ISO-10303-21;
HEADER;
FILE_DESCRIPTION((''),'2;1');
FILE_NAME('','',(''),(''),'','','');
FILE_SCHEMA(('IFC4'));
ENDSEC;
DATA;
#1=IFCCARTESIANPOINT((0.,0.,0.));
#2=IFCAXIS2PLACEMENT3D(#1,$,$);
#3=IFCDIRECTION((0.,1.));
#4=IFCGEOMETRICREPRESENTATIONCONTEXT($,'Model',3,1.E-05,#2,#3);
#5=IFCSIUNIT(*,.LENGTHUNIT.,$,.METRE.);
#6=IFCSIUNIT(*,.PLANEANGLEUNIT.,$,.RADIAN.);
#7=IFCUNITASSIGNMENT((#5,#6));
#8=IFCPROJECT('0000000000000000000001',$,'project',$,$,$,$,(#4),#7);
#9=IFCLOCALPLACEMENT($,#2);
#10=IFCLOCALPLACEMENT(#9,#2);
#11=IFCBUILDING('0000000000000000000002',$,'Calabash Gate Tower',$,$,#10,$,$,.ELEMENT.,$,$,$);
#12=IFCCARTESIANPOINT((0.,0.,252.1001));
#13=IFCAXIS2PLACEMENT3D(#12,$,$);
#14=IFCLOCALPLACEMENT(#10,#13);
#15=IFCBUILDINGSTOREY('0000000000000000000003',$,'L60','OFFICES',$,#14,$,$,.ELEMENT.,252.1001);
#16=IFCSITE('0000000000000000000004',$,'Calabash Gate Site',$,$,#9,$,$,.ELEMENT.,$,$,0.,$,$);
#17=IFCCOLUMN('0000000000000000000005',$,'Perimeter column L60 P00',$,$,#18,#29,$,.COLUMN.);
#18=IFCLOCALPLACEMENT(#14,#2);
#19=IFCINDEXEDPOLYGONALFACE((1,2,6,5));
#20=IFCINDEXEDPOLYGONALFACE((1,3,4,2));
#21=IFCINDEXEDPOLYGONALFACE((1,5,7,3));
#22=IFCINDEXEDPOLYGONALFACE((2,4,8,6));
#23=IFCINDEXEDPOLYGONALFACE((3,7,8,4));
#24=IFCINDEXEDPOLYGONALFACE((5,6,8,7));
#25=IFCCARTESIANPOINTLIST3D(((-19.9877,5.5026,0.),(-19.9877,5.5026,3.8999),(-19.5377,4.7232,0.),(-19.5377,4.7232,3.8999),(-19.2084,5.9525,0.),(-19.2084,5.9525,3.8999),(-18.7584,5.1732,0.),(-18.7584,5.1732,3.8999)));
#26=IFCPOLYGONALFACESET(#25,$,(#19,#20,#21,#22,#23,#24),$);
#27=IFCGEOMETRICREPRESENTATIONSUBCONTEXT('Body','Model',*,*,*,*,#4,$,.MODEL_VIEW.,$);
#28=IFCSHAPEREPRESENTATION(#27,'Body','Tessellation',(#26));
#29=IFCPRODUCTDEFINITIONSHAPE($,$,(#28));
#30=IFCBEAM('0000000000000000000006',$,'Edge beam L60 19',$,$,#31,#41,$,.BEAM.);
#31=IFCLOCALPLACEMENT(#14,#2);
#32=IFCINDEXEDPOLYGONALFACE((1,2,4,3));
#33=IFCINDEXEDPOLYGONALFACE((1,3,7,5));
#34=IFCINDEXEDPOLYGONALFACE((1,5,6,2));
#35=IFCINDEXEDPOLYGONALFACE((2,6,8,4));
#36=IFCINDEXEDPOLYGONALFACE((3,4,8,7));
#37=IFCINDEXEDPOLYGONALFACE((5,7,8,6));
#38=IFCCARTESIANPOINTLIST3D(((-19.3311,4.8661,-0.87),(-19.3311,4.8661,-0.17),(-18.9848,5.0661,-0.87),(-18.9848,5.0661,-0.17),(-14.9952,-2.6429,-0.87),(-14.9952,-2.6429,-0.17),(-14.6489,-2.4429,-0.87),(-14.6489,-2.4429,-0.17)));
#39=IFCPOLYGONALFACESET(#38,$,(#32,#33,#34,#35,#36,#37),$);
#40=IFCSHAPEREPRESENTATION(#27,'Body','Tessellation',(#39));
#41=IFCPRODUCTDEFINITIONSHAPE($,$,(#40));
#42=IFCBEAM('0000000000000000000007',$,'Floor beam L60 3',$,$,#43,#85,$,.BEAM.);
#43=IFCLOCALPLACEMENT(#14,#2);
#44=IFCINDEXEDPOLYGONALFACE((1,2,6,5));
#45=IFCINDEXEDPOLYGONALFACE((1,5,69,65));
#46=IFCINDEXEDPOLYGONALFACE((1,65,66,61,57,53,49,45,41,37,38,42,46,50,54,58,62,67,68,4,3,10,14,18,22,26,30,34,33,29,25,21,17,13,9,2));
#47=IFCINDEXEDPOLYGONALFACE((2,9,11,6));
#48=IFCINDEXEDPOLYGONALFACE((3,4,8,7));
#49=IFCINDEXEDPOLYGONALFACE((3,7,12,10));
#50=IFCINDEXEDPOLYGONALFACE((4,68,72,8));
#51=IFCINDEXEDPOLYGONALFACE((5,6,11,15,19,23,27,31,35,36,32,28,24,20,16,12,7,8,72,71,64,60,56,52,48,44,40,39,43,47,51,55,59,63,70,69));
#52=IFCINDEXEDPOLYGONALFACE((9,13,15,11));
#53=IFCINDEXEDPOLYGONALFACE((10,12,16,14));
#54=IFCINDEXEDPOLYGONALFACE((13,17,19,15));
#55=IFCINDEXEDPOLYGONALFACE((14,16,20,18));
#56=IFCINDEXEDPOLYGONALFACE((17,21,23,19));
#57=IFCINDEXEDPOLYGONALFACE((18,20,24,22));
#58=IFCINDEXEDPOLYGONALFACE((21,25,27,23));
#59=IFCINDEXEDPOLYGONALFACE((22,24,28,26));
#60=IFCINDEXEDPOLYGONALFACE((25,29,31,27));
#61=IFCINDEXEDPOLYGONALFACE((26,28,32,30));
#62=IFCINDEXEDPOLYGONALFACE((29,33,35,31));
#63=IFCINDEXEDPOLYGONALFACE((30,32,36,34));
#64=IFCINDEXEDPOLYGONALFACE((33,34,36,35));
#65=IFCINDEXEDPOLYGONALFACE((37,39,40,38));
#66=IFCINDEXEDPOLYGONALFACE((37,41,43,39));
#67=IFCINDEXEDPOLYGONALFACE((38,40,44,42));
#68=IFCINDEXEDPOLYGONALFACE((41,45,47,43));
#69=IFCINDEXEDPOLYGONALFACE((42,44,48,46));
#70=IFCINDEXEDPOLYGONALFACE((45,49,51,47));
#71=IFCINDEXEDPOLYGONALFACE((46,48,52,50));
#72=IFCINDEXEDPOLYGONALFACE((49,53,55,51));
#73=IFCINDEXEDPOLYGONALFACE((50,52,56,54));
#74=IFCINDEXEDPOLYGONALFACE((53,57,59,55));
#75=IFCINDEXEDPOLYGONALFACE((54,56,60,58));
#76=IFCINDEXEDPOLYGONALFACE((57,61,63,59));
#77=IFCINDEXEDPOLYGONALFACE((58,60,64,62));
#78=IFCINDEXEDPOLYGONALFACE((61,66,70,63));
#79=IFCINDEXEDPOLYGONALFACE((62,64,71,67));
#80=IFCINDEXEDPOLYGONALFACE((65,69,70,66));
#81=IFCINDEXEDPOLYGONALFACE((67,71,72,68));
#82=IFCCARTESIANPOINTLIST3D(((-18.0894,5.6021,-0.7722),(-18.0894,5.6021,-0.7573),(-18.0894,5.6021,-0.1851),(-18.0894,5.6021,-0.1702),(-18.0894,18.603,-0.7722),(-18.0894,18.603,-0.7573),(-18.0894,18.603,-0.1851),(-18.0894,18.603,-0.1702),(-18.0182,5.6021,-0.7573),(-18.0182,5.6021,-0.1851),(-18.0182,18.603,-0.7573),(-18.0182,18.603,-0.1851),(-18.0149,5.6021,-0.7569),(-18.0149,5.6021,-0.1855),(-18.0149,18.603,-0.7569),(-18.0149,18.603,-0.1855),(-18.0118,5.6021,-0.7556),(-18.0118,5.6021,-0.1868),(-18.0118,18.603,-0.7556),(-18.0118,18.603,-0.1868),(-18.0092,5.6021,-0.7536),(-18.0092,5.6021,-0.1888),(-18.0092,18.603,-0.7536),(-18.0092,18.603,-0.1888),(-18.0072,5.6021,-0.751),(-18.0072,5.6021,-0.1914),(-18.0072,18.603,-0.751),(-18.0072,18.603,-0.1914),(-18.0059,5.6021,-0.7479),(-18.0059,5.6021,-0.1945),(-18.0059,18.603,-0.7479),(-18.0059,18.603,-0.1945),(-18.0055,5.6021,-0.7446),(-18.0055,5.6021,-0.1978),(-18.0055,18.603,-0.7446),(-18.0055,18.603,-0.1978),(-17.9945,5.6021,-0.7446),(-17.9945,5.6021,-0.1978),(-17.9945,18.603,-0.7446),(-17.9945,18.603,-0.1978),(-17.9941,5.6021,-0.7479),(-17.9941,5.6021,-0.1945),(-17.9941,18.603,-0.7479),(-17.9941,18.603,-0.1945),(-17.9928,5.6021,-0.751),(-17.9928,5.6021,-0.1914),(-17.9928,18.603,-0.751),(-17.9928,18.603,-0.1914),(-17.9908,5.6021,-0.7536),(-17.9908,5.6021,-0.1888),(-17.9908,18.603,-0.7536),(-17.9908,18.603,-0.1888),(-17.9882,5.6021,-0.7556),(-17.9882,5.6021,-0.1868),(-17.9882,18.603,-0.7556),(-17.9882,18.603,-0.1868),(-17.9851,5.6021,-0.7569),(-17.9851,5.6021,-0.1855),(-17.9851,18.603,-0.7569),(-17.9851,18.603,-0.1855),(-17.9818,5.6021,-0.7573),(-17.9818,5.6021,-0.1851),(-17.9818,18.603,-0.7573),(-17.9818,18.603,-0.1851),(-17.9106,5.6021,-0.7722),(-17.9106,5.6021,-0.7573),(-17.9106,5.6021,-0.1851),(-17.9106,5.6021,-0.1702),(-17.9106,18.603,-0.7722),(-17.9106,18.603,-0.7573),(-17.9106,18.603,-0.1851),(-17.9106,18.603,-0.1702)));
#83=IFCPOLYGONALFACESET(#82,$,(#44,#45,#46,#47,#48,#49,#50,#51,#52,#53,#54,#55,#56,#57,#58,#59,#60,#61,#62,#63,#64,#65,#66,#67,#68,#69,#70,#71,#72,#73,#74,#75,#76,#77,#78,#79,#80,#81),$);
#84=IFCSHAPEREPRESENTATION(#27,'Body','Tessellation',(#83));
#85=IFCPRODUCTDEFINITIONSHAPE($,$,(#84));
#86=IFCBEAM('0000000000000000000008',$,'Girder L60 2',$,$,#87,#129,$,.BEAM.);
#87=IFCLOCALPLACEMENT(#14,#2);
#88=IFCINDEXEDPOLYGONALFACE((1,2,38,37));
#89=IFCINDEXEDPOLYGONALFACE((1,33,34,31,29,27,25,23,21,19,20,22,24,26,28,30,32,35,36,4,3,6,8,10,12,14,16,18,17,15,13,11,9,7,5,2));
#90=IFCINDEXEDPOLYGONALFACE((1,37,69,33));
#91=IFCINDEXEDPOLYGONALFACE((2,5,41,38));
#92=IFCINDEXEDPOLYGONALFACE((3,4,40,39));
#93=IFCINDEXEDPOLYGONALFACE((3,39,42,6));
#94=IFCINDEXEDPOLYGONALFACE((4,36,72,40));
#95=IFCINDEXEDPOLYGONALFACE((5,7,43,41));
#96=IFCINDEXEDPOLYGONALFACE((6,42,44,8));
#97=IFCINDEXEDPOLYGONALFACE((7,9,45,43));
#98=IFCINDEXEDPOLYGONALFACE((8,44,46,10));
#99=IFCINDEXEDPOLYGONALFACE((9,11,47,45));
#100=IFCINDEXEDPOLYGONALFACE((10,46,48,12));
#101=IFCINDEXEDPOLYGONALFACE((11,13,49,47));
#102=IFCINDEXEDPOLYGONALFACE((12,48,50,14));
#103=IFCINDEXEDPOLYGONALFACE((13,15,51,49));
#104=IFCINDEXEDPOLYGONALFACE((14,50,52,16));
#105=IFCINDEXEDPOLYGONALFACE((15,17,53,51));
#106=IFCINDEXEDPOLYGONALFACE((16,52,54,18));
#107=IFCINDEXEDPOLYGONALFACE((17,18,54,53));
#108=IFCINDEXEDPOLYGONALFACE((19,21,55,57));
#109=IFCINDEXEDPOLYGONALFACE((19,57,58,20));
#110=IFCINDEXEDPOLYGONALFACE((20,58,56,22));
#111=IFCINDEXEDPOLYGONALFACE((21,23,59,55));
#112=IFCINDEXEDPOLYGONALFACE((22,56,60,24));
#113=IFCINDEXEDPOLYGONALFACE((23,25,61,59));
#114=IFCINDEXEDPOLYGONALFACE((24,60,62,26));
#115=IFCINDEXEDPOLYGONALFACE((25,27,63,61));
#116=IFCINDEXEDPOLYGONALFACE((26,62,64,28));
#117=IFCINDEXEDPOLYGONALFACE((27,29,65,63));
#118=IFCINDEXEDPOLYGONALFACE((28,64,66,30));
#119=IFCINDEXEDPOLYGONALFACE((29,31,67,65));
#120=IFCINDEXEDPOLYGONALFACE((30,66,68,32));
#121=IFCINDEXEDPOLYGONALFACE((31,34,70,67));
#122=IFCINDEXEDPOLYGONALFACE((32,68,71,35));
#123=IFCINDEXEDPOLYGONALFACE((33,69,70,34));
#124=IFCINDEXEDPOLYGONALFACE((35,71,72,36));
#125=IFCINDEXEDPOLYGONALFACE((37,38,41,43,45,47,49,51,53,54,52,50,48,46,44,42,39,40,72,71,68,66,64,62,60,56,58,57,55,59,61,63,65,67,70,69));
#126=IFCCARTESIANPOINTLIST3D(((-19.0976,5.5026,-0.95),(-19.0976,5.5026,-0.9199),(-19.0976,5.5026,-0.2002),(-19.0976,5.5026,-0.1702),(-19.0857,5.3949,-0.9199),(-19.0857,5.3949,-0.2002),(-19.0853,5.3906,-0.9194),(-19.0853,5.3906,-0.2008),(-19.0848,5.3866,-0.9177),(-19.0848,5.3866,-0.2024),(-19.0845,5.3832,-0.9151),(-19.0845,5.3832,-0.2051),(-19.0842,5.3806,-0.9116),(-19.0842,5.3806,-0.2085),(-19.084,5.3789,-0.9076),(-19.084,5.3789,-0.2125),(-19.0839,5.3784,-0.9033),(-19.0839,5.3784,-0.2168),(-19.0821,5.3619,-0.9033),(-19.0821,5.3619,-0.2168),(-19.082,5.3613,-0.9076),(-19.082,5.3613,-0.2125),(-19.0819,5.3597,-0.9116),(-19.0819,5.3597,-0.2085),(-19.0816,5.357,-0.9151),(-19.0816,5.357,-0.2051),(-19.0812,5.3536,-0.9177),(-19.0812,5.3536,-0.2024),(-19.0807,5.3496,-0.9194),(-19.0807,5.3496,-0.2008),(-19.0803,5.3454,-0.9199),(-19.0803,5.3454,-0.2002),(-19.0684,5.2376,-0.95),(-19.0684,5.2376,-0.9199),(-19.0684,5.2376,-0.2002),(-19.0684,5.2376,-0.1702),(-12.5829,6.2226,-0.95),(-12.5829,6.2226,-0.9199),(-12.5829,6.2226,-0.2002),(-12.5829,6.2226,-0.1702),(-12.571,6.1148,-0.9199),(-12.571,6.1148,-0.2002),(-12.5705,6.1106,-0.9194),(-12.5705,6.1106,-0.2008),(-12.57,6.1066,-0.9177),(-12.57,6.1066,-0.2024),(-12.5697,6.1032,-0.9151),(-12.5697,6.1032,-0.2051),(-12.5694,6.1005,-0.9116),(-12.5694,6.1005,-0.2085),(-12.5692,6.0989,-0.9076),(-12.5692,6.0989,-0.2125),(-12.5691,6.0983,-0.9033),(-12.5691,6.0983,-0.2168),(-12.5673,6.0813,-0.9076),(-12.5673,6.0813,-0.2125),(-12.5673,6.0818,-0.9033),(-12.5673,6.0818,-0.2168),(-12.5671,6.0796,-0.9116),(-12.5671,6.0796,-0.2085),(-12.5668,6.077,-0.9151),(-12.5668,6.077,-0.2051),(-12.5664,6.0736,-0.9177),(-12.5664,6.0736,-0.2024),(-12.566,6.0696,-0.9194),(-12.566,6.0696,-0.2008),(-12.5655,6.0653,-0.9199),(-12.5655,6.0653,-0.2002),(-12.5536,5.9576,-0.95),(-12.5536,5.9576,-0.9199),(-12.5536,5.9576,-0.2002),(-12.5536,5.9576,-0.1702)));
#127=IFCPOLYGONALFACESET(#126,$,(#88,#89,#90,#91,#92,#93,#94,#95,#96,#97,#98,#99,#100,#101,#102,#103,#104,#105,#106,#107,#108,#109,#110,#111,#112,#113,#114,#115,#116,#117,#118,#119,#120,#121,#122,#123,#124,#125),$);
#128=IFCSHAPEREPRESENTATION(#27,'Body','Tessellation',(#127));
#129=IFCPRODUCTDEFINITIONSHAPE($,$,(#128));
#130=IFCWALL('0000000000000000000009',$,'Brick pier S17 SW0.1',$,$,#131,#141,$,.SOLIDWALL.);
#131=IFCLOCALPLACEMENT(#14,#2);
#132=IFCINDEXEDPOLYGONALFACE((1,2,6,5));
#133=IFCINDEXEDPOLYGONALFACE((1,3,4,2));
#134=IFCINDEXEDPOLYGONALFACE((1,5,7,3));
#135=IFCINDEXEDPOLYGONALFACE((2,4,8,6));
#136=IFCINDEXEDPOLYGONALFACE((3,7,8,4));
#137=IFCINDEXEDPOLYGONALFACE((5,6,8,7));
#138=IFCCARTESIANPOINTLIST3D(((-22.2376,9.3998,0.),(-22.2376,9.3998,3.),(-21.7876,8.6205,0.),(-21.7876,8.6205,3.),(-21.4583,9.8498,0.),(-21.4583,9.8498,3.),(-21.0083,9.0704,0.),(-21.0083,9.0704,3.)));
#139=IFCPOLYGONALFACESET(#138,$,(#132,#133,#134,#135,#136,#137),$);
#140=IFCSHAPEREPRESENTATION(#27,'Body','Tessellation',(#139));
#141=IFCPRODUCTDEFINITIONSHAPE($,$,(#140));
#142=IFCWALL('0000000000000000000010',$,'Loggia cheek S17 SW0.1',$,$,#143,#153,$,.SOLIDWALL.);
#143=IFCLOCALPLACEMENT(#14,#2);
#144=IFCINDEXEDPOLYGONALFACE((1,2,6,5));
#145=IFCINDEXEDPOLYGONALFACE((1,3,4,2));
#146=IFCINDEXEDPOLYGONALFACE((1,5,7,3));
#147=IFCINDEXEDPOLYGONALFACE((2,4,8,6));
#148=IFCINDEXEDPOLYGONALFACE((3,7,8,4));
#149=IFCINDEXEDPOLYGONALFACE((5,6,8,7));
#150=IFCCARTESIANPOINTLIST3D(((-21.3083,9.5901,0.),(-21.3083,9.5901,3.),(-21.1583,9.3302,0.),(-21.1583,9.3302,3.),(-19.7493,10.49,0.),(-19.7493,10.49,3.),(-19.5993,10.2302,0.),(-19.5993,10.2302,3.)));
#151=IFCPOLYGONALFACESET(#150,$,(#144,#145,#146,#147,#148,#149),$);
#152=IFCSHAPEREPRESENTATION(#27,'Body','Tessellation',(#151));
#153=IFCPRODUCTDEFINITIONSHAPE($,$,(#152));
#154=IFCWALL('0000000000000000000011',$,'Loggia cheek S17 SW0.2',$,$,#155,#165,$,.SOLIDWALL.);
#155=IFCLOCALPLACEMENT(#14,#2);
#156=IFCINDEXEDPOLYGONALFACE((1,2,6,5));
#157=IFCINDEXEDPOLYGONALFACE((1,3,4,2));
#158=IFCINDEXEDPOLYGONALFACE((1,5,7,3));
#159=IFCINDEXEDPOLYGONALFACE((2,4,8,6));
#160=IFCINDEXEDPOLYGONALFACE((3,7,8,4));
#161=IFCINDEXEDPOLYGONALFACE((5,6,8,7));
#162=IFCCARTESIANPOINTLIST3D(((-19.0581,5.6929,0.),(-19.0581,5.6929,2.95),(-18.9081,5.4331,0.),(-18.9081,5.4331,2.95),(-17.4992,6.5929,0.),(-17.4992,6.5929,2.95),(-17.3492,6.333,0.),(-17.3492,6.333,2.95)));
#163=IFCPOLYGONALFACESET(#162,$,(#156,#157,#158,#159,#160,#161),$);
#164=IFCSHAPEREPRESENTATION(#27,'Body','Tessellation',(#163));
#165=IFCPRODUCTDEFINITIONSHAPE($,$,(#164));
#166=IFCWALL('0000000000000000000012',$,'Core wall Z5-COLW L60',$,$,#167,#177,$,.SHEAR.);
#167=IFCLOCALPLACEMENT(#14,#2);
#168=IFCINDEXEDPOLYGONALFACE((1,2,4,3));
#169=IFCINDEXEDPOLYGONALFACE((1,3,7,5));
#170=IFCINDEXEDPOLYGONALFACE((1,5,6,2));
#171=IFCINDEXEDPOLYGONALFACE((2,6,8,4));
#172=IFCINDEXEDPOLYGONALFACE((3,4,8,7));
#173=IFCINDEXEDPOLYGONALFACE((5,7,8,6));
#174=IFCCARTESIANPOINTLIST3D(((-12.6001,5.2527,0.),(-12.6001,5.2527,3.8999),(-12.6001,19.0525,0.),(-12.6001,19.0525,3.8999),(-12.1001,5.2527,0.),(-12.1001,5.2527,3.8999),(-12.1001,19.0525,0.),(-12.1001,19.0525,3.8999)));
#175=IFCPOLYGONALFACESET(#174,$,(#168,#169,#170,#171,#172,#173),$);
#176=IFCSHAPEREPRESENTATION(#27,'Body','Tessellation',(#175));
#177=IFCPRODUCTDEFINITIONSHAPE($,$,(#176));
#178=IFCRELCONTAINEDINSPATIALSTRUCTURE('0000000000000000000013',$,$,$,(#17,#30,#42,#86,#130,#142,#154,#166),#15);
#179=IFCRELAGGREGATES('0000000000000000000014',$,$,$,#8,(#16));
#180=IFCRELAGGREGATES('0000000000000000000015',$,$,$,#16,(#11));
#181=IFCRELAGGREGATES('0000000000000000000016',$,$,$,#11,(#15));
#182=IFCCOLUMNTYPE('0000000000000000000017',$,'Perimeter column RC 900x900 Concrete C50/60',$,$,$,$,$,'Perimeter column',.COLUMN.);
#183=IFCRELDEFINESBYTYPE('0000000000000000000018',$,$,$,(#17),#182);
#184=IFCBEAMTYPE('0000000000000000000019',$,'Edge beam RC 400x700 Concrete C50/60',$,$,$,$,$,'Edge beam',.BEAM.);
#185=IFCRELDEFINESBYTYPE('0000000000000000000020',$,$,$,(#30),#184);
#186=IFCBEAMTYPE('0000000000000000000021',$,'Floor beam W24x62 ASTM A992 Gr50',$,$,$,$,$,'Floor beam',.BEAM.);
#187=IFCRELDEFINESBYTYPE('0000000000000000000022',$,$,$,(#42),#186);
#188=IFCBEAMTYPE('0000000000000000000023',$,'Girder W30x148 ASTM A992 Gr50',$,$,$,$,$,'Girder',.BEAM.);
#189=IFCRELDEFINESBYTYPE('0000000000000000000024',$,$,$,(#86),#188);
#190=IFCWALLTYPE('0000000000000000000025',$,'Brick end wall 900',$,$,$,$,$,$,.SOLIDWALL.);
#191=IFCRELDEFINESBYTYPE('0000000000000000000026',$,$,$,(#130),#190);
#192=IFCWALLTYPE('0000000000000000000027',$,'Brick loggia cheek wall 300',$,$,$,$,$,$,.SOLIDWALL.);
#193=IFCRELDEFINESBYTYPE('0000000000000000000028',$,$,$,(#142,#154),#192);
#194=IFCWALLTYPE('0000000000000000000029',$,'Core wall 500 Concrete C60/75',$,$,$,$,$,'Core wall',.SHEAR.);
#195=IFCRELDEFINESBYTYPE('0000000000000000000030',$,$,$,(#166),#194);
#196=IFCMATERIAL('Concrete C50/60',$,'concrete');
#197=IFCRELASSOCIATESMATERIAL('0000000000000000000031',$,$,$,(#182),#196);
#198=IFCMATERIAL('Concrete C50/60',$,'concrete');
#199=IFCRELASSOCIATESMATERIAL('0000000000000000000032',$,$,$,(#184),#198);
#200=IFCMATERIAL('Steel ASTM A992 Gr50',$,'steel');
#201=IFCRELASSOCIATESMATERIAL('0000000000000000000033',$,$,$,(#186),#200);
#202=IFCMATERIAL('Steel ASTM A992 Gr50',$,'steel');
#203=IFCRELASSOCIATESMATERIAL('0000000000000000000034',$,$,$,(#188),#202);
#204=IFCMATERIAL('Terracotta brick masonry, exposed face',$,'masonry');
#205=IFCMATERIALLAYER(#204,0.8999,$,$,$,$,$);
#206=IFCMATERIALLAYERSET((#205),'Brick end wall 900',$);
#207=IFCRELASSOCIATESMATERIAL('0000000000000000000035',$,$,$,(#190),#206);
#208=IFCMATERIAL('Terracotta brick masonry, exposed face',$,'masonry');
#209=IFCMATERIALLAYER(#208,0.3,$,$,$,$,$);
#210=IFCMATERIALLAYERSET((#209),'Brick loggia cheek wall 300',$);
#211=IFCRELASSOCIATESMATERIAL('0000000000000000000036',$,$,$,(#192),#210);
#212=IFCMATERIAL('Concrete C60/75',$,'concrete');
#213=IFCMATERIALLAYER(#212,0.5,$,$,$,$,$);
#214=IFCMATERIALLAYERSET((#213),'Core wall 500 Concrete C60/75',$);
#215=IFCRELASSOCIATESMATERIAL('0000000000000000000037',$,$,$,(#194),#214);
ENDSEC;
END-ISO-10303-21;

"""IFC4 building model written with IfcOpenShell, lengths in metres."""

from ifc_helpers import new_model, si_unit, direction, frame, frame_2d, origin, origin_2d, place, context, subcontext, project, spatial, rectangle, i_section, extrude, material, layer, layer_set, material_profile, profile_set, type_object, element, save


model = new_model("IFC4")

# Units and contexts
model_context = context("Model", 3, precision=1e-05, world=origin(), true_north=direction((0.0, 1.0)))
body_context = subcontext(model_context, "Body", "Model", "MODEL_VIEW")
ifc_project = project(units=[si_unit("LENGTHUNIT", "METRE"), si_unit("PLANEANGLEUNIT", "RADIAN")], contexts=[model_context])

# Site, building, storey
site_placement = place(None, origin())
site = spatial("IfcSite", under=ifc_project, at=site_placement, Name="Calabash Gate Site", CompositionType="ELEMENT", RefElevation=0.0)
building_placement = place(site_placement, origin())
building = spatial("IfcBuilding", under=site, at=building_placement, Name="Calabash Gate Tower", CompositionType="ELEMENT")
storey_placement = place(building_placement, frame((0.0, 0.0, 252.1001)))
storey = spatial("IfcBuildingStorey", under=building, at=storey_placement, Name="L60", Description="OFFICES", CompositionType="ELEMENT", Elevation=252.1001)

# Column
ifc_material_1 = material(Name="Concrete C50/60", Category="concrete")
ifc_material_profile_1 = material_profile(ifc_material_1, rectangle(XDim=0.8999, YDim=0.8999, at=origin_2d()))
ifc_profile_set_1 = profile_set([ifc_material_profile_1], Name="Concrete C50/60")
column_type = type_object("IfcColumnType", Name="Perimeter column RC 900x900 Concrete C50/60", ElementType="Perimeter column", PredefinedType="COLUMN", material=ifc_profile_set_1)
column_placement = place(storey_placement, frame((-19.373, 5.3379, 0.0), z_axis=(0.0, 0.0, 1.0), x_axis=(0.5, -0.866025, 0.0)))
element("IfcColumn", 1, at=column_placement, inside=storey, type_object=column_type, Name="Perimeter column L60 P00", PredefinedType="COLUMN", context=body_context, shape_type="SweptSolid", body=[
    extrude(rectangle(XDim=0.8999, YDim=0.8999, at=origin_2d()), origin(), (0.0, 0.0, 1.0), 3.8999),
])

# Beams
ifc_material_2 = material(Name="Concrete C50/60", Category="concrete")
ifc_material_profile_2 = material_profile(ifc_material_2, rectangle(XDim=0.3999, YDim=0.7, at=origin_2d()))
ifc_profile_set_2 = profile_set([ifc_material_profile_2], Name="Concrete C50/60")
beam_type_1 = type_object("IfcBeamType", Name="Edge beam RC 400x700 Concrete C50/60", ElementType="Edge beam", PredefinedType="BEAM", material=ifc_profile_set_2)
beam_1_placement = place(storey_placement, frame((-19.158, 4.9661, -0.52), z_axis=(0.500051, -0.865996, 0.0), x_axis=(0.865996, 0.500051, 0.0)))
element("IfcBeam", 2, at=beam_1_placement, inside=storey, type_object=beam_type_1, Name="Edge beam L60 19", PredefinedType="BEAM", context=body_context, shape_type="SweptSolid", body=[
    extrude(rectangle(XDim=0.3999, YDim=0.7, at=origin_2d()), origin(), (0.0, 0.0, 1.0), 8.6709),
])
ifc_material_3 = material(Name="Steel ASTM A992 Gr50", Category="steel")
ifc_material_profile_3 = material_profile(ifc_material_3, i_section(OverallWidth=0.1787, OverallDepth=0.6021, WebThickness=0.011, FlangeThickness=0.0149, FilletRadius=0.0127, at=origin_2d()))
ifc_profile_set_3 = profile_set([ifc_material_profile_3], Name="Steel ASTM A992 Gr50")
beam_type_2 = type_object("IfcBeamType", Name="Floor beam W24x62 ASTM A992 Gr50", ElementType="Floor beam", PredefinedType="BEAM", material=ifc_profile_set_3)
beam_2_placement = place(storey_placement, frame((-18.0, 5.6021, -0.4712), z_axis=(0.0, 1.0, 0.0), x_axis=(-1.0, 0.0, 0.0)))
element("IfcBeam", 3, at=beam_2_placement, inside=storey, type_object=beam_type_2, Name="Floor beam L60 3", PredefinedType="BEAM", context=body_context, shape_type="SweptSolid", body=[
    extrude(i_section(OverallWidth=0.1787, OverallDepth=0.6021, WebThickness=0.011, FlangeThickness=0.0149, FilletRadius=0.0127, at=origin_2d()), origin(), (0.0, 0.0, 1.0), 13.001),
])
ifc_material_4 = material(Name="Steel ASTM A992 Gr50", Category="steel")
ifc_material_profile_4 = material_profile(ifc_material_4, i_section(OverallWidth=0.2666, OverallDepth=0.7798, WebThickness=0.0166, FlangeThickness=0.03, FilletRadius=0.0166, at=origin_2d()))
ifc_profile_set_4 = profile_set([ifc_material_profile_4], Name="Steel ASTM A992 Gr50")
beam_type_3 = type_object("IfcBeamType", Name="Girder W30x148 ASTM A992 Gr50", ElementType="Girder", PredefinedType="BEAM", material=ifc_profile_set_4)
beam_3_placement = place(storey_placement, frame((-19.083, 5.3701, -0.5601), z_axis=(0.993949, 0.109843, 0.0), x_axis=(-0.109843, 0.993949, 0.0)))
element("IfcBeam", 4, at=beam_3_placement, inside=storey, type_object=beam_type_3, Name="Girder L60 2", PredefinedType="BEAM", context=body_context, shape_type="SweptSolid", body=[
    extrude(i_section(OverallWidth=0.2666, OverallDepth=0.7798, WebThickness=0.0166, FlangeThickness=0.03, FilletRadius=0.0166, at=origin_2d()), origin(), (0.0, 0.0, 1.0), 6.5544),
])

# Walls
ifc_material_5 = material(Name="Terracotta brick masonry, exposed face", Category="masonry")
ifc_layer_1 = layer(ifc_material_5, 0.8999)
ifc_layer_set_1 = layer_set([ifc_layer_1], Name="Brick end wall 900")
wall_type_1 = type_object("IfcWallType", Name="Brick end wall 900", PredefinedType="SOLIDWALL", material=ifc_layer_set_1)
wall_1_placement = place(storey_placement, frame((-21.3979, 8.8455, 0.0), z_axis=(0.0, 0.0, 1.0), x_axis=(-0.50002, 0.866014, 0.0)))
element("IfcWall", 5, at=wall_1_placement, inside=storey, type_object=wall_type_1, Name="Brick pier S17 SW0.1", PredefinedType="SOLIDWALL", context=body_context, shape_type="SweptSolid", body=[
    extrude(rectangle(XDim=0.8999, YDim=0.8999, at=frame_2d((0.45, 0.0))), origin(), (0.0, 0.0, 1.0), 3.0),
])
ifc_material_6 = material(Name="Terracotta brick masonry, exposed face", Category="masonry")
ifc_layer_2 = layer(ifc_material_6, 0.3)
ifc_layer_set_2 = layer_set([ifc_layer_2], Name="Brick loggia cheek wall 300")
wall_type_2 = type_object("IfcWallType", Name="Brick loggia cheek wall 300", PredefinedType="SOLIDWALL", material=ifc_layer_set_2)
wall_2_placement = place(storey_placement, frame((-21.2332, 9.4602, 0.0), z_axis=(0.0, 0.0, 1.0), x_axis=(0.866048, 0.499961, 0.0)))
element("IfcWall", 6, at=wall_2_placement, inside=storey, type_object=wall_type_2, Name="Loggia cheek S17 SW0.1", PredefinedType="SOLIDWALL", context=body_context, shape_type="SweptSolid", body=[
    extrude(rectangle(XDim=1.8, YDim=0.3, at=frame_2d((0.8999, 0.0))), origin(), (0.0, 0.0, 1.0), 3.0),
])
wall_3_placement = place(storey_placement, frame((-17.4243, 6.4629, 0.0), z_axis=(0.0, 0.0, 1.0), x_axis=(-0.866048, -0.499961, 0.0)))
element("IfcWall", 7, at=wall_3_placement, inside=storey, type_object=wall_type_2, Name="Loggia cheek S17 SW0.2", PredefinedType="SOLIDWALL", context=body_context, shape_type="SweptSolid", body=[
    extrude(rectangle(XDim=1.8, YDim=0.3, at=frame_2d((0.8999, 0.0))), origin(), (0.0, 0.0, 1.0), 2.95),
])
ifc_material_7 = material(Name="Concrete C60/75", Category="concrete")
ifc_layer_3 = layer(ifc_material_7, 0.5)
ifc_layer_set_3 = layer_set([ifc_layer_3], Name="Core wall 500 Concrete C60/75")
wall_type_3 = type_object("IfcWallType", Name="Core wall 500 Concrete C60/75", ElementType="Core wall", PredefinedType="SHEAR", material=ifc_layer_set_3)
wall_4_placement = place(storey_placement, frame((-12.3501, 5.2527, 0.0), z_axis=(0.0, 0.0, 1.0), x_axis=(0.0, 1.0, 0.0)))
element("IfcWall", 8, at=wall_4_placement, inside=storey, type_object=wall_type_3, Name="Core wall Z5-COLW L60", PredefinedType="SHEAR", context=body_context, shape_type="SweptSolid", body=[
    extrude(rectangle(XDim=13.7998, YDim=0.5, at=frame_2d((6.8999, 0.0))), origin(), (0.0, 0.0, 1.0), 3.8999),
])

save(model, "model.ifc")
